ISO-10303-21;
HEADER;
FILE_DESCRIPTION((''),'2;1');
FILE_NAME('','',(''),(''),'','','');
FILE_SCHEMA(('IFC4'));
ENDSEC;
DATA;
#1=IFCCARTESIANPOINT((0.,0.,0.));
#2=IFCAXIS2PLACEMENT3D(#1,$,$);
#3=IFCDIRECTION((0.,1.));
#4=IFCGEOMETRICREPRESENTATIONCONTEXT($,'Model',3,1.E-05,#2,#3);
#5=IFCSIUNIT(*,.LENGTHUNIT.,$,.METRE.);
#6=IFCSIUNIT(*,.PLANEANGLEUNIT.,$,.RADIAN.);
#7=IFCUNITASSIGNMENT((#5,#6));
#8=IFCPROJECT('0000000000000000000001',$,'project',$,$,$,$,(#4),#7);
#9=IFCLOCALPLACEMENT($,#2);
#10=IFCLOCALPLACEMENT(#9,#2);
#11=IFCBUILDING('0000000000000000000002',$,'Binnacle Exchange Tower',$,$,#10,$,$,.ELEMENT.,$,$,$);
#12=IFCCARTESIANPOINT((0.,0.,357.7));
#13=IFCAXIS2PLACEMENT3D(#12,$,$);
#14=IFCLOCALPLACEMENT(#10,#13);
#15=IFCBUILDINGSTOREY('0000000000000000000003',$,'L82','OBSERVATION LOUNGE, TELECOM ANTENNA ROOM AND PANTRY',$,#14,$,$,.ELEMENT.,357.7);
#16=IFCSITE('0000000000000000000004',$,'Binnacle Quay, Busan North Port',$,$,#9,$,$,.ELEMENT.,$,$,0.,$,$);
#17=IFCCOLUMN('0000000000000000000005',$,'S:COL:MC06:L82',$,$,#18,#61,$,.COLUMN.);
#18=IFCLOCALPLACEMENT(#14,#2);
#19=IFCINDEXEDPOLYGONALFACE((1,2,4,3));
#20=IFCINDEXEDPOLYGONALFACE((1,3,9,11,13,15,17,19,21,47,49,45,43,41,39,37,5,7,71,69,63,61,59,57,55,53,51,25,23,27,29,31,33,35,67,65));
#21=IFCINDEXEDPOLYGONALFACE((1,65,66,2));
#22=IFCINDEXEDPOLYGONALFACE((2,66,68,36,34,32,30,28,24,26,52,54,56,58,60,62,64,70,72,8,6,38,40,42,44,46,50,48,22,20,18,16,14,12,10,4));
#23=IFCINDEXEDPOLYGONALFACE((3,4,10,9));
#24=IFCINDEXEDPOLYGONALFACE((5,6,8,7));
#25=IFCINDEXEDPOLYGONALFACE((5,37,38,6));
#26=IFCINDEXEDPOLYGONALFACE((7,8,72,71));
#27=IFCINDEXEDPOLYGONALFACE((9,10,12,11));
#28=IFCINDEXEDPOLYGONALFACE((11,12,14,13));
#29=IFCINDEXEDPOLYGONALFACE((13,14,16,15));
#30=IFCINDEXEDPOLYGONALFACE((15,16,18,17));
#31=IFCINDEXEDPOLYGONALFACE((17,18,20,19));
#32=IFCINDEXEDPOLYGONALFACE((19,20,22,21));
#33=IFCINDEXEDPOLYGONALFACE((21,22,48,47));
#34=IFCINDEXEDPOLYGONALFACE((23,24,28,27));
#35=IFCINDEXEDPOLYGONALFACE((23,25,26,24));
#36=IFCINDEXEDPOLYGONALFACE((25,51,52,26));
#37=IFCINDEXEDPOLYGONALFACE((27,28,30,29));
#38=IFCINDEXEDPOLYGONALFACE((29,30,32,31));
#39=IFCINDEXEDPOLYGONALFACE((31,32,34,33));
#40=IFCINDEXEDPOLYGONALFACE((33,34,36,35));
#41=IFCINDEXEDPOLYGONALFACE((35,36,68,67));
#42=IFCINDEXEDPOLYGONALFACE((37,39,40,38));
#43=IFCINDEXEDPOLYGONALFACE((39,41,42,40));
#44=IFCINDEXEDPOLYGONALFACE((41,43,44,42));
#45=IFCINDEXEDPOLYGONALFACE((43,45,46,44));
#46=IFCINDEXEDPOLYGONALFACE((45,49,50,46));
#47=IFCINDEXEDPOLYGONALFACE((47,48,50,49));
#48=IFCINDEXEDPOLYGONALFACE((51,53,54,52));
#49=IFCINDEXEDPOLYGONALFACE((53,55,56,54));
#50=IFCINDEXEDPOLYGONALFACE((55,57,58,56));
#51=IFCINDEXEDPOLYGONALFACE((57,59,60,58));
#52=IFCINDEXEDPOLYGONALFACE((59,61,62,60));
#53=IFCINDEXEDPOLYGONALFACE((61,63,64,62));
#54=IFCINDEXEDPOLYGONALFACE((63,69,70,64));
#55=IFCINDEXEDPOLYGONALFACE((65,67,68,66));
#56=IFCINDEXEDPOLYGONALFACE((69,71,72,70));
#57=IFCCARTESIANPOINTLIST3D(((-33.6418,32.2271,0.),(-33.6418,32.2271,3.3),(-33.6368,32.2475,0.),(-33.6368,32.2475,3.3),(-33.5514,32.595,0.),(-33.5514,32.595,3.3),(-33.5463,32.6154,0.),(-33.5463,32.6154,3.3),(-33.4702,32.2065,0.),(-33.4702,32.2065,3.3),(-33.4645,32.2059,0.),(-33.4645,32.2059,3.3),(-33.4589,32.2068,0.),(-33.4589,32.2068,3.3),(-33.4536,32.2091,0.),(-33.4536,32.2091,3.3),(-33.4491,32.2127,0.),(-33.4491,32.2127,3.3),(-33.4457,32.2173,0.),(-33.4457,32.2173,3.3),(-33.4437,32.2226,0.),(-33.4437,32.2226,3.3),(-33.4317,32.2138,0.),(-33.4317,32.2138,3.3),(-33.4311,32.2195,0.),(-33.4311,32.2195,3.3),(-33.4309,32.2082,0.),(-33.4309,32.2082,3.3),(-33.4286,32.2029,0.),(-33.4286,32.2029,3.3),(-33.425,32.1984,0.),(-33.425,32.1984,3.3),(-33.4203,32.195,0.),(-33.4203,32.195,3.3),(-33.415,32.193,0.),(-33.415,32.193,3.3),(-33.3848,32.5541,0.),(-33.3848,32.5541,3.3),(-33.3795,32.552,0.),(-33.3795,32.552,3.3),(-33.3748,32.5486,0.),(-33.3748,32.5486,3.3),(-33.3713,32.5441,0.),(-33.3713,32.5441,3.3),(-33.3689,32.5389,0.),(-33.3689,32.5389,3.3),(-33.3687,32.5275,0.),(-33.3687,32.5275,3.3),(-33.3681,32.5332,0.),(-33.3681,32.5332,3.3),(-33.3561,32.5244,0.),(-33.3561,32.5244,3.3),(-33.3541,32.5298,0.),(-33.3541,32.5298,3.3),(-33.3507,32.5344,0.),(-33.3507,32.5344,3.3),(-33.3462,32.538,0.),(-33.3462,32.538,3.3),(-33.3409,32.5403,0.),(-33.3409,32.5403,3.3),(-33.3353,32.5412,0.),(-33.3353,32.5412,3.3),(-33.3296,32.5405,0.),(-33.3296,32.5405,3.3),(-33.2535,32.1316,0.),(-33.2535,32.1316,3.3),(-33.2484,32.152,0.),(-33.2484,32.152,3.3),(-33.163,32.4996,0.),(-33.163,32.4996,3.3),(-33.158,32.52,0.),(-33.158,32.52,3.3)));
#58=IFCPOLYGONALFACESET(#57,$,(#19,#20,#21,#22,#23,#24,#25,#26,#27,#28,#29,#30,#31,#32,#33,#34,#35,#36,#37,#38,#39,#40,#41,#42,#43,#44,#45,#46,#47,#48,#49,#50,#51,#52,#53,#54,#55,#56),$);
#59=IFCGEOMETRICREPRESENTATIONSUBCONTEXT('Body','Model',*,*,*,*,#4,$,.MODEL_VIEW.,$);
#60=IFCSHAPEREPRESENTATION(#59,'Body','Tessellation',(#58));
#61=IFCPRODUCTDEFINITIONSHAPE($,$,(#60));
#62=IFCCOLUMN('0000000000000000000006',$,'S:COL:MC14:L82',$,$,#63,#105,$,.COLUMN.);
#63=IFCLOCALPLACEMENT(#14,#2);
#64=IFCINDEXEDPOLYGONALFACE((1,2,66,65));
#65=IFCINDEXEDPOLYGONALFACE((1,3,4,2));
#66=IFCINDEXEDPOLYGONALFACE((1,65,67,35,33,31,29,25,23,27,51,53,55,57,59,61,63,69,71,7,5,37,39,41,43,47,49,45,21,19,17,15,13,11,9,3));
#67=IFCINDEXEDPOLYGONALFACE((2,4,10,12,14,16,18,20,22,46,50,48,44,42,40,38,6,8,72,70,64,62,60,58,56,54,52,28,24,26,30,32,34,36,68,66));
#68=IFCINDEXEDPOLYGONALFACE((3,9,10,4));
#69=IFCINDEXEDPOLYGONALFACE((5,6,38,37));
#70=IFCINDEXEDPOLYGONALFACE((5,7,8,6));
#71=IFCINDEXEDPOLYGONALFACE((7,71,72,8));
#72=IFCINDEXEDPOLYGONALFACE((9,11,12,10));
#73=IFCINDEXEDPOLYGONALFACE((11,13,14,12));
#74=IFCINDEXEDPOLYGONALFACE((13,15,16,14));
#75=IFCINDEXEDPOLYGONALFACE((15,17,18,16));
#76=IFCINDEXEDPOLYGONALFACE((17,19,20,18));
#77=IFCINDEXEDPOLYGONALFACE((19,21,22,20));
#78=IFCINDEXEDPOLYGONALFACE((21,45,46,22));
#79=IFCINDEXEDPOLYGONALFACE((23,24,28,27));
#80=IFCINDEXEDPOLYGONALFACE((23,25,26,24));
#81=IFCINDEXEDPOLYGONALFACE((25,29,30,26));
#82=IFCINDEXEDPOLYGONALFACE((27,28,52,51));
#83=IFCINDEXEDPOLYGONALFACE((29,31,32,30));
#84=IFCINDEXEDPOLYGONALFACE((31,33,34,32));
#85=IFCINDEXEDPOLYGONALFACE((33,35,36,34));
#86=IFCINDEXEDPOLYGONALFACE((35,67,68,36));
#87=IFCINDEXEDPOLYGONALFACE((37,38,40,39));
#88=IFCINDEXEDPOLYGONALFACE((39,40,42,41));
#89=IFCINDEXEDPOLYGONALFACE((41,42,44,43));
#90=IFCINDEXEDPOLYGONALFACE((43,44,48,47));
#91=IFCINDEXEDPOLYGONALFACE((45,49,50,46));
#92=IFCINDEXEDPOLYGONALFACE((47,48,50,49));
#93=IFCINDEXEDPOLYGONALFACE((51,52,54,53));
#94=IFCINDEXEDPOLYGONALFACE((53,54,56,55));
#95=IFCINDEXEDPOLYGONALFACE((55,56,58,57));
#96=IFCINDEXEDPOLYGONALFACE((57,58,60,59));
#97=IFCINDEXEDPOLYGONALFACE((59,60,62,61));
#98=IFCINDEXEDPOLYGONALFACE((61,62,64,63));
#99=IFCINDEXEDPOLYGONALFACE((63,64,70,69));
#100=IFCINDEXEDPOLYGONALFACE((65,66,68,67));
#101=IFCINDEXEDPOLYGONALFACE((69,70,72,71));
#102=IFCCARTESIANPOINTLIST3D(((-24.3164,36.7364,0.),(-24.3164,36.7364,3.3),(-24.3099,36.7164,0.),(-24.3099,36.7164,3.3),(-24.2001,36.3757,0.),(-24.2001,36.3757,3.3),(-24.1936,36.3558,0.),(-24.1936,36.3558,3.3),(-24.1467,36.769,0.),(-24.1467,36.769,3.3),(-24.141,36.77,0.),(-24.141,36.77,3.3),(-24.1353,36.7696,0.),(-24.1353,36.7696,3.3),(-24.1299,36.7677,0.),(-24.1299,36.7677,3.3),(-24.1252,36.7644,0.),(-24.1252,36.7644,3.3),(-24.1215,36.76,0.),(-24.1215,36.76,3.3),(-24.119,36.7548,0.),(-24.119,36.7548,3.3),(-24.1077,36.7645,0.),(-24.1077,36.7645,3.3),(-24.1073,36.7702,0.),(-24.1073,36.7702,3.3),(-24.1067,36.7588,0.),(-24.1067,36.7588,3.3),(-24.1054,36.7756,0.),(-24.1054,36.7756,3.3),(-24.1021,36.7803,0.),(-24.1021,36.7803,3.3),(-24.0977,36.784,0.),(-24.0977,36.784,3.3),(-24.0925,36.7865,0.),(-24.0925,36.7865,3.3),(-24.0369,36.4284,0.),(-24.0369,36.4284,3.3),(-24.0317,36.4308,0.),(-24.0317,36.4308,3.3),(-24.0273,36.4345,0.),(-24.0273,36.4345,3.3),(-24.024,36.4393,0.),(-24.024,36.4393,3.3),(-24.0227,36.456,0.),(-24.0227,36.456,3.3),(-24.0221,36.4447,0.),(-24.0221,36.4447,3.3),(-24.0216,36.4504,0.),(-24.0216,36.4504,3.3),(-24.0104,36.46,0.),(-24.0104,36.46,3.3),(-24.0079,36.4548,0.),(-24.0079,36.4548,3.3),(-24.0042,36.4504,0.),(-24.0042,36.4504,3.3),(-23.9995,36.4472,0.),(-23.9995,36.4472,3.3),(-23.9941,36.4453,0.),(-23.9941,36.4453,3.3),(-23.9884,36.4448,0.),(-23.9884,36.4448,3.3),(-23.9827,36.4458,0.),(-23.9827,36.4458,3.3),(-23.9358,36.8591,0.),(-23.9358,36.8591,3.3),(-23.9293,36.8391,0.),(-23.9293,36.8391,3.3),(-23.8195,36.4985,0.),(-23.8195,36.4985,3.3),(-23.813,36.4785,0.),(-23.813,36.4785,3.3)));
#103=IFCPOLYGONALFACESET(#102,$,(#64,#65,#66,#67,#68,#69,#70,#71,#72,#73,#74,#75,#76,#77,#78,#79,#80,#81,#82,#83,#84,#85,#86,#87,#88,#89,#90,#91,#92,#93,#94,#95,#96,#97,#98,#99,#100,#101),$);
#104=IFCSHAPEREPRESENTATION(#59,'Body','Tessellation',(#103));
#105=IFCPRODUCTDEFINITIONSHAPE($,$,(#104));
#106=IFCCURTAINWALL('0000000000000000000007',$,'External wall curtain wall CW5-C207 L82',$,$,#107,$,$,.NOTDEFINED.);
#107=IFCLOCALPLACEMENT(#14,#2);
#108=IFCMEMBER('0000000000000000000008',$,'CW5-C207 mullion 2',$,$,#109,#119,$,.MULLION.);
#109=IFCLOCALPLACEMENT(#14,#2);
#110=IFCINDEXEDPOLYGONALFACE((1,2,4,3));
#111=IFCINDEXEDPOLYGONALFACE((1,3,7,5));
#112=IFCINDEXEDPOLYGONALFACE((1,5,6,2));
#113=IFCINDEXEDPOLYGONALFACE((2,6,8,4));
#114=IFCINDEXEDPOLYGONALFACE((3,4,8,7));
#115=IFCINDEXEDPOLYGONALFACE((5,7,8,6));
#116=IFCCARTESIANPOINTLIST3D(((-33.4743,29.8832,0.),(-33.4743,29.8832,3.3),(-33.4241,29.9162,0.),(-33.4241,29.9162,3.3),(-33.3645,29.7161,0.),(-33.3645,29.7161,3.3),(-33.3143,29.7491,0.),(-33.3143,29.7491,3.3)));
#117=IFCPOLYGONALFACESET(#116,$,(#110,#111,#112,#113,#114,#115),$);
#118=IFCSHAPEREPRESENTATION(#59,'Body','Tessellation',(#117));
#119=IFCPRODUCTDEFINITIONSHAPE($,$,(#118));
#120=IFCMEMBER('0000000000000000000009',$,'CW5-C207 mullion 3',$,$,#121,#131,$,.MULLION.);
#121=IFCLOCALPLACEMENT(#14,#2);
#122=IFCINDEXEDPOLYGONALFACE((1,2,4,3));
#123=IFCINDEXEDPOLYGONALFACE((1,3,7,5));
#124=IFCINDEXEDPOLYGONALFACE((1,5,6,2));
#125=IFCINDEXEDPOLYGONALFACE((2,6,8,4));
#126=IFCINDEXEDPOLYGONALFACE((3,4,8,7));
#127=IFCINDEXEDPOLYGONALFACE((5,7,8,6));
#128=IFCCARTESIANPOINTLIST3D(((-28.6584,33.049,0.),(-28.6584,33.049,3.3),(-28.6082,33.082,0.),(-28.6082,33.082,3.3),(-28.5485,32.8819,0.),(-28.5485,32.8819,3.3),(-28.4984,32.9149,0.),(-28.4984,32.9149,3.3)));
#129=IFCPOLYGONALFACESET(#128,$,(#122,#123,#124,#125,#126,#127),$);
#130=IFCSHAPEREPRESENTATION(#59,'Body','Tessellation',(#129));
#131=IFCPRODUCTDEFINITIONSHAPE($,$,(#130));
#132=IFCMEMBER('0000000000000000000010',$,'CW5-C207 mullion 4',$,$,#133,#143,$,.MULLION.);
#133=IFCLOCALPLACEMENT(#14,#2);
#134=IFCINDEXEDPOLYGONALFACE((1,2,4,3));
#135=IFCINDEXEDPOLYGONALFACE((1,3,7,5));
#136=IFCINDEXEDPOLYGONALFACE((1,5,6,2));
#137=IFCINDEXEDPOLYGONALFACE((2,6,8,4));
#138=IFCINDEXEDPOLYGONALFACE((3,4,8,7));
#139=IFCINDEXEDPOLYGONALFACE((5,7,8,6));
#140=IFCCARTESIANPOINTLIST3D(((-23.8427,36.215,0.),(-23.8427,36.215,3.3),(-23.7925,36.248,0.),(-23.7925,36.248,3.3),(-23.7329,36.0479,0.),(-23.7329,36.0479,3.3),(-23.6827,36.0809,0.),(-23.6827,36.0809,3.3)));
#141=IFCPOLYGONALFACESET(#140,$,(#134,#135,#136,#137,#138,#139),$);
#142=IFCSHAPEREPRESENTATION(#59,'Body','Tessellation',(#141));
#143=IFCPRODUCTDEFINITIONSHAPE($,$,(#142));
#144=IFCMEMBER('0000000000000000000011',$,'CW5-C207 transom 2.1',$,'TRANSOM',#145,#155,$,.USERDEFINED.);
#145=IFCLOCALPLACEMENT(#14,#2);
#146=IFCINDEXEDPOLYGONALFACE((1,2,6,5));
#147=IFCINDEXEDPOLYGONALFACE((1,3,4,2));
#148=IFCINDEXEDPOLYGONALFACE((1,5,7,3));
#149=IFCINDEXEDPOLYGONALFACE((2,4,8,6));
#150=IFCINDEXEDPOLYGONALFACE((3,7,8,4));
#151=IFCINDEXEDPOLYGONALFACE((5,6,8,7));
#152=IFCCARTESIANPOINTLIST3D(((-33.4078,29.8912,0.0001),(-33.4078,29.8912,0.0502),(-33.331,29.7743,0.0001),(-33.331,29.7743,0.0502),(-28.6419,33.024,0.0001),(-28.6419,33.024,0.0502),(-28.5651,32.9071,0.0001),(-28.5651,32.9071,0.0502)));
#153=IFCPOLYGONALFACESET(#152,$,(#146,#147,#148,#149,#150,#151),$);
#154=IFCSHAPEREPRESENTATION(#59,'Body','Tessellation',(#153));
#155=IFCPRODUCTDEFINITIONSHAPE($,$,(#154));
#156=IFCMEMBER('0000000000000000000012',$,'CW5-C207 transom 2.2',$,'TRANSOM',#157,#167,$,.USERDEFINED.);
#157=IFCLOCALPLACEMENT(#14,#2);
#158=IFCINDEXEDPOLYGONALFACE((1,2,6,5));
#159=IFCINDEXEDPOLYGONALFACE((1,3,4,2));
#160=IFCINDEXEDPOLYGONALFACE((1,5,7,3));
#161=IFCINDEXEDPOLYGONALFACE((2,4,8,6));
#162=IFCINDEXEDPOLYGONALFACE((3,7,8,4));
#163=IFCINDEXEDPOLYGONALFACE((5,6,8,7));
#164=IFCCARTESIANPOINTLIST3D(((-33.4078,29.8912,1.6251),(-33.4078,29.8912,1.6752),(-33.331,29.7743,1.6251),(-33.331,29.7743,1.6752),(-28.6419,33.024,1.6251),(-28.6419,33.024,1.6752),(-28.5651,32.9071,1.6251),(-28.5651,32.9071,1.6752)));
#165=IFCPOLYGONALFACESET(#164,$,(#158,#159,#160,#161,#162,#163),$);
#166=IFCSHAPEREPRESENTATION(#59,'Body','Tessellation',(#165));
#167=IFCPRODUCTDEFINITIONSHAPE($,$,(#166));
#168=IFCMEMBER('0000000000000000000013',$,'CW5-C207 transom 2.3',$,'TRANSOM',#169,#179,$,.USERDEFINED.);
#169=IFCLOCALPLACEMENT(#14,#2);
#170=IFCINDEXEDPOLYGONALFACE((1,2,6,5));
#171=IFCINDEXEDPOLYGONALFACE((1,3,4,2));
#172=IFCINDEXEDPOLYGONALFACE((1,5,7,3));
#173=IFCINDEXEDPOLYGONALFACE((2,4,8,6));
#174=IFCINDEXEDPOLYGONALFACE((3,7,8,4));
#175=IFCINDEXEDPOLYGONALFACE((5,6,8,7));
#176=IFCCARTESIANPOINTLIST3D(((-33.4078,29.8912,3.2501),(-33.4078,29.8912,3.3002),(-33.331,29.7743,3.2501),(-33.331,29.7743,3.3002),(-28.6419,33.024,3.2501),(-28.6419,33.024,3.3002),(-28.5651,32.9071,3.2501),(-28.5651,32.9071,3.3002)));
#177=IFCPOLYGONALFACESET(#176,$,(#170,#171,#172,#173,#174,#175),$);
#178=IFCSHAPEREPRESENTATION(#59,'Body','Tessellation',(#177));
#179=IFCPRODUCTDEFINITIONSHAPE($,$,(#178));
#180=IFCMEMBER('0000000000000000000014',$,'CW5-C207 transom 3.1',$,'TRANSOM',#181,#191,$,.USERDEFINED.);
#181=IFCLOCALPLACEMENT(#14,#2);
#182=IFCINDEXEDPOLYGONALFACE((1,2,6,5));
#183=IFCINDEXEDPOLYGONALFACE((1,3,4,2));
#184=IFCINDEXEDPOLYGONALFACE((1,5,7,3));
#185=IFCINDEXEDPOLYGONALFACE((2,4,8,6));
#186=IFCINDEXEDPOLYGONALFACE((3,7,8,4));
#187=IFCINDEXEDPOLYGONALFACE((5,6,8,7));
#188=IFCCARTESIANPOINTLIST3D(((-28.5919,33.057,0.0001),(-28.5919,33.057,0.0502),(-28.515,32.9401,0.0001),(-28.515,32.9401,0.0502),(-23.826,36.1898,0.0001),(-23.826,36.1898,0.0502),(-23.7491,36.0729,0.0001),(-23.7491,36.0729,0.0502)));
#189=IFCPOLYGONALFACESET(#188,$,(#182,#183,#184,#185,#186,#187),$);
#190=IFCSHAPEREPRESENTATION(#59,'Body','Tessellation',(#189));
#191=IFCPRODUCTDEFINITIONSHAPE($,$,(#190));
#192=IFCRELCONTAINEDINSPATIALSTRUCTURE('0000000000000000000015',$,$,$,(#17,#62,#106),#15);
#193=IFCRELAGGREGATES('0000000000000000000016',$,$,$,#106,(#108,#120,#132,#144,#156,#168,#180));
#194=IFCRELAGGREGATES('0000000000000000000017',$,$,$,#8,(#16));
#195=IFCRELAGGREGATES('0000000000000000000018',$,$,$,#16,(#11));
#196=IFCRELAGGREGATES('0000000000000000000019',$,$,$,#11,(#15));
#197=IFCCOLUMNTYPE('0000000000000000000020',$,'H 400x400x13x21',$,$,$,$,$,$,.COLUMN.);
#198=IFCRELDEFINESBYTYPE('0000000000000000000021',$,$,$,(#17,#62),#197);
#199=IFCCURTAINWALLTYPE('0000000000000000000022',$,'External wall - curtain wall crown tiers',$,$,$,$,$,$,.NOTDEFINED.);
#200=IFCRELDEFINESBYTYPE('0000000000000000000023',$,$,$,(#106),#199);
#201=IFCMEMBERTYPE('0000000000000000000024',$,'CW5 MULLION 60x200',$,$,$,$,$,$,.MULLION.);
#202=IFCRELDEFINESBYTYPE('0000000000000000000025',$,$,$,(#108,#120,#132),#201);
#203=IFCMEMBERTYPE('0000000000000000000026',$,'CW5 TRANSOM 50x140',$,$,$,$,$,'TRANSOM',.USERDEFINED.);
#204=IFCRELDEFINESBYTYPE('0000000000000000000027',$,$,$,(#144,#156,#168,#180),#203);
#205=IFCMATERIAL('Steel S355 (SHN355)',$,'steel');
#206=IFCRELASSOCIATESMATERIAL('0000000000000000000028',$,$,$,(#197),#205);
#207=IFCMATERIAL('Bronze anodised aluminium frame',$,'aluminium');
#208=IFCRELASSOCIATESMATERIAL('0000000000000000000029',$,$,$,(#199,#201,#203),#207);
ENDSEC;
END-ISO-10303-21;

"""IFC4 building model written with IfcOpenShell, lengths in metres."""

from ifc_helpers import new_model, si_unit, direction, frame, origin, origin_2d, place, context, subcontext, project, spatial, rectangle, i_section, extrude, material, material_profile, profile_set, type_object, element, aggregate, save


model = new_model("IFC4")

# Units and contexts
model_context = context("Model", 3, precision=1e-05, world=origin(), true_north=direction((0.0, 1.0)))
body_context = subcontext(model_context, "Body", "Model", "MODEL_VIEW")
ifc_project = project(units=[si_unit("LENGTHUNIT", "METRE"), si_unit("PLANEANGLEUNIT", "RADIAN")], contexts=[model_context])

# Site, building, storey
site_placement = place(None, origin())
site = spatial("IfcSite", under=ifc_project, at=site_placement, Name="Binnacle Quay, Busan North Port", CompositionType="ELEMENT", RefElevation=0.0)
building_placement = place(site_placement, origin())
building = spatial("IfcBuilding", under=site, at=building_placement, Name="Binnacle Exchange Tower", CompositionType="ELEMENT")
storey_placement = place(building_placement, frame((0.0, 0.0, 357.7)))
storey = spatial("IfcBuildingStorey", under=building, at=storey_placement, Name="L82", Description="OBSERVATION LOUNGE, TELECOM ANTENNA ROOM AND PANTRY", CompositionType="ELEMENT", Elevation=357.7)

# Columns
ifc_material_1 = material(Name="Steel S355 (SHN355)", Category="steel")
ifc_material_profile_1 = material_profile(ifc_material_1, i_section(OverallWidth=0.3999, OverallDepth=0.3999, WebThickness=0.0129, FlangeThickness=0.021, FilletRadius=0.022, at=origin_2d()), Name="H 400x400x13x21")
ifc_profile_set_1 = profile_set([ifc_material_profile_1], Name="Steel S355 (SHN355)")
column_type = type_object("IfcColumnType", Name="H 400x400x13x21", PredefinedType="COLUMN", material=ifc_profile_set_1)
for number, where, z_axis, x_axis, name in (
    (1, (-33.3999, 32.3735, 0.0), (0.0, 0.0, 1.0), (-0.971093, 0.238703, 0.0), "S:COL:MC06:L82"),
    (2, (-24.0647, 36.6074, 0.0), (0.0, 0.0, 1.0), (-0.95175, -0.306875, 0.0), "S:COL:MC14:L82"),
):
    element("IfcColumn", number, at=place(storey_placement, frame(where, z_axis=z_axis, x_axis=x_axis)), inside=storey, type_object=column_type, Name=name, PredefinedType="COLUMN", context=body_context, shape_type="SweptSolid", body=[
        extrude(i_section(OverallWidth=0.3999, OverallDepth=0.3999, WebThickness=0.0129, FlangeThickness=0.021, FilletRadius=0.022, at=origin_2d()), origin(), (0.0, 0.0, 1.0), 3.3),
    ])

# Curtain wall, members
ifc_material_2 = material(Name="Bronze anodised aluminium frame", Category="aluminium")
curtain_wall_type = type_object("IfcCurtainWallType", Name="External wall - curtain wall crown tiers", PredefinedType="NOTDEFINED", material=ifc_material_2)
curtain_wall_placement = place(storey_placement, origin())
curtain_wall = element("IfcCurtainWall", 3, at=curtain_wall_placement, inside=storey, type_object=curtain_wall_type, Name="External wall curtain wall CW5-C207 L82", PredefinedType="NOTDEFINED")
ifc_material_profile_2 = material_profile(ifc_material_2, rectangle(XDim=0.2, YDim=0.0601, at=origin_2d()), Name="AL 60x200")
ifc_profile_set_2 = profile_set([ifc_material_profile_2], Name="Bronze anodised aluminium frame")
member_type_1 = type_object("IfcMemberType", Name="CW5 MULLION 60x200", PredefinedType="MULLION", material=ifc_profile_set_2)
member_1_placement = place(storey_placement, frame((-33.3943, 29.8162, 0.0), z_axis=(0.0, 0.0, 1.0), x_axis=(-0.54931, 0.835618, 0.0)))
member_1 = element("IfcMember", 4, at=member_1_placement, type_object=member_type_1, Name="CW5-C207 mullion 2", PredefinedType="MULLION", context=body_context, shape_type="SweptSolid", body=[
    extrude(rectangle(XDim=0.2, YDim=0.0601, at=origin_2d()), origin(), (0.0, 0.0, 1.0), 3.3),
])
member_2_placement = place(storey_placement, frame((-28.5784, 32.9819, 0.0), z_axis=(0.0, 0.0, 1.0), x_axis=(-0.54931, 0.835618, 0.0)))
member_2 = element("IfcMember", 5, at=member_2_placement, type_object=member_type_1, Name="CW5-C207 mullion 3", PredefinedType="MULLION", context=body_context, shape_type="SweptSolid", body=[
    extrude(rectangle(XDim=0.2, YDim=0.0601, at=origin_2d()), origin(), (0.0, 0.0, 1.0), 3.3),
])
member_3_placement = place(storey_placement, frame((-23.7627, 36.1479, 0.0), z_axis=(0.0, 0.0, 1.0), x_axis=(-0.54931, 0.835618, 0.0)))
member_3 = element("IfcMember", 6, at=member_3_placement, type_object=member_type_1, Name="CW5-C207 mullion 4", PredefinedType="MULLION", context=body_context, shape_type="SweptSolid", body=[
    extrude(rectangle(XDim=0.2, YDim=0.0601, at=origin_2d()), origin(), (0.0, 0.0, 1.0), 3.3),
])
ifc_material_profile_3 = material_profile(ifc_material_2, rectangle(XDim=0.1399, YDim=0.05, at=origin_2d()), Name="AL 140x50")
ifc_profile_set_3 = profile_set([ifc_material_profile_3], Name="Bronze anodised aluminium frame")
member_type_2 = type_object("IfcMemberType", Name="CW5 TRANSOM 50x140", ElementType="TRANSOM", PredefinedType="USERDEFINED", material=ifc_profile_set_3)
member_4_placement = place(storey_placement, frame((-33.3694, 29.8328, 0.0251), z_axis=(0.835629, 0.549295, 0.0), x_axis=(-0.549295, 0.835629, 0.0)))
member_4 = element("IfcMember", 7, at=member_4_placement, type_object=member_type_2, Name="CW5-C207 transom 2.1", ObjectType="TRANSOM", PredefinedType="USERDEFINED", context=body_context, shape_type="SweptSolid", body=[
    extrude(rectangle(XDim=0.1399, YDim=0.05, at=origin_2d()), origin(), (0.0, 0.0, 1.0), 5.7034),
])
member_5_placement = place(storey_placement, frame((-33.3694, 29.8328, 1.6501), z_axis=(0.835629, 0.549295, 0.0), x_axis=(-0.549295, 0.835629, 0.0)))
member_5 = element("IfcMember", 8, at=member_5_placement, type_object=member_type_2, Name="CW5-C207 transom 2.2", ObjectType="TRANSOM", PredefinedType="USERDEFINED", context=body_context, shape_type="SweptSolid", body=[
    extrude(rectangle(XDim=0.1399, YDim=0.05, at=origin_2d()), origin(), (0.0, 0.0, 1.0), 5.7034),
])
member_6_placement = place(storey_placement, frame((-33.3694, 29.8328, 3.2751), z_axis=(0.835629, 0.549295, 0.0), x_axis=(-0.549295, 0.835629, 0.0)))
member_6 = element("IfcMember", 9, at=member_6_placement, type_object=member_type_2, Name="CW5-C207 transom 2.3", ObjectType="TRANSOM", PredefinedType="USERDEFINED", context=body_context, shape_type="SweptSolid", body=[
    extrude(rectangle(XDim=0.1399, YDim=0.05, at=origin_2d()), origin(), (0.0, 0.0, 1.0), 5.7034),
])
member_7_placement = place(storey_placement, frame((-28.5535, 32.9985, 0.0251), z_axis=(0.835629, 0.549295, 0.0), x_axis=(-0.549295, 0.835629, 0.0)))
member_7 = element("IfcMember", 10, at=member_7_placement, type_object=member_type_2, Name="CW5-C207 transom 3.1", ObjectType="TRANSOM", PredefinedType="USERDEFINED", context=body_context, shape_type="SweptSolid", body=[
    extrude(rectangle(XDim=0.1399, YDim=0.05, at=origin_2d()), origin(), (0.0, 0.0, 1.0), 5.7034),
])

aggregate(curtain_wall, [member_1, member_2, member_3, member_4, member_5, member_6, member_7])

save(model, "model.ifc")
